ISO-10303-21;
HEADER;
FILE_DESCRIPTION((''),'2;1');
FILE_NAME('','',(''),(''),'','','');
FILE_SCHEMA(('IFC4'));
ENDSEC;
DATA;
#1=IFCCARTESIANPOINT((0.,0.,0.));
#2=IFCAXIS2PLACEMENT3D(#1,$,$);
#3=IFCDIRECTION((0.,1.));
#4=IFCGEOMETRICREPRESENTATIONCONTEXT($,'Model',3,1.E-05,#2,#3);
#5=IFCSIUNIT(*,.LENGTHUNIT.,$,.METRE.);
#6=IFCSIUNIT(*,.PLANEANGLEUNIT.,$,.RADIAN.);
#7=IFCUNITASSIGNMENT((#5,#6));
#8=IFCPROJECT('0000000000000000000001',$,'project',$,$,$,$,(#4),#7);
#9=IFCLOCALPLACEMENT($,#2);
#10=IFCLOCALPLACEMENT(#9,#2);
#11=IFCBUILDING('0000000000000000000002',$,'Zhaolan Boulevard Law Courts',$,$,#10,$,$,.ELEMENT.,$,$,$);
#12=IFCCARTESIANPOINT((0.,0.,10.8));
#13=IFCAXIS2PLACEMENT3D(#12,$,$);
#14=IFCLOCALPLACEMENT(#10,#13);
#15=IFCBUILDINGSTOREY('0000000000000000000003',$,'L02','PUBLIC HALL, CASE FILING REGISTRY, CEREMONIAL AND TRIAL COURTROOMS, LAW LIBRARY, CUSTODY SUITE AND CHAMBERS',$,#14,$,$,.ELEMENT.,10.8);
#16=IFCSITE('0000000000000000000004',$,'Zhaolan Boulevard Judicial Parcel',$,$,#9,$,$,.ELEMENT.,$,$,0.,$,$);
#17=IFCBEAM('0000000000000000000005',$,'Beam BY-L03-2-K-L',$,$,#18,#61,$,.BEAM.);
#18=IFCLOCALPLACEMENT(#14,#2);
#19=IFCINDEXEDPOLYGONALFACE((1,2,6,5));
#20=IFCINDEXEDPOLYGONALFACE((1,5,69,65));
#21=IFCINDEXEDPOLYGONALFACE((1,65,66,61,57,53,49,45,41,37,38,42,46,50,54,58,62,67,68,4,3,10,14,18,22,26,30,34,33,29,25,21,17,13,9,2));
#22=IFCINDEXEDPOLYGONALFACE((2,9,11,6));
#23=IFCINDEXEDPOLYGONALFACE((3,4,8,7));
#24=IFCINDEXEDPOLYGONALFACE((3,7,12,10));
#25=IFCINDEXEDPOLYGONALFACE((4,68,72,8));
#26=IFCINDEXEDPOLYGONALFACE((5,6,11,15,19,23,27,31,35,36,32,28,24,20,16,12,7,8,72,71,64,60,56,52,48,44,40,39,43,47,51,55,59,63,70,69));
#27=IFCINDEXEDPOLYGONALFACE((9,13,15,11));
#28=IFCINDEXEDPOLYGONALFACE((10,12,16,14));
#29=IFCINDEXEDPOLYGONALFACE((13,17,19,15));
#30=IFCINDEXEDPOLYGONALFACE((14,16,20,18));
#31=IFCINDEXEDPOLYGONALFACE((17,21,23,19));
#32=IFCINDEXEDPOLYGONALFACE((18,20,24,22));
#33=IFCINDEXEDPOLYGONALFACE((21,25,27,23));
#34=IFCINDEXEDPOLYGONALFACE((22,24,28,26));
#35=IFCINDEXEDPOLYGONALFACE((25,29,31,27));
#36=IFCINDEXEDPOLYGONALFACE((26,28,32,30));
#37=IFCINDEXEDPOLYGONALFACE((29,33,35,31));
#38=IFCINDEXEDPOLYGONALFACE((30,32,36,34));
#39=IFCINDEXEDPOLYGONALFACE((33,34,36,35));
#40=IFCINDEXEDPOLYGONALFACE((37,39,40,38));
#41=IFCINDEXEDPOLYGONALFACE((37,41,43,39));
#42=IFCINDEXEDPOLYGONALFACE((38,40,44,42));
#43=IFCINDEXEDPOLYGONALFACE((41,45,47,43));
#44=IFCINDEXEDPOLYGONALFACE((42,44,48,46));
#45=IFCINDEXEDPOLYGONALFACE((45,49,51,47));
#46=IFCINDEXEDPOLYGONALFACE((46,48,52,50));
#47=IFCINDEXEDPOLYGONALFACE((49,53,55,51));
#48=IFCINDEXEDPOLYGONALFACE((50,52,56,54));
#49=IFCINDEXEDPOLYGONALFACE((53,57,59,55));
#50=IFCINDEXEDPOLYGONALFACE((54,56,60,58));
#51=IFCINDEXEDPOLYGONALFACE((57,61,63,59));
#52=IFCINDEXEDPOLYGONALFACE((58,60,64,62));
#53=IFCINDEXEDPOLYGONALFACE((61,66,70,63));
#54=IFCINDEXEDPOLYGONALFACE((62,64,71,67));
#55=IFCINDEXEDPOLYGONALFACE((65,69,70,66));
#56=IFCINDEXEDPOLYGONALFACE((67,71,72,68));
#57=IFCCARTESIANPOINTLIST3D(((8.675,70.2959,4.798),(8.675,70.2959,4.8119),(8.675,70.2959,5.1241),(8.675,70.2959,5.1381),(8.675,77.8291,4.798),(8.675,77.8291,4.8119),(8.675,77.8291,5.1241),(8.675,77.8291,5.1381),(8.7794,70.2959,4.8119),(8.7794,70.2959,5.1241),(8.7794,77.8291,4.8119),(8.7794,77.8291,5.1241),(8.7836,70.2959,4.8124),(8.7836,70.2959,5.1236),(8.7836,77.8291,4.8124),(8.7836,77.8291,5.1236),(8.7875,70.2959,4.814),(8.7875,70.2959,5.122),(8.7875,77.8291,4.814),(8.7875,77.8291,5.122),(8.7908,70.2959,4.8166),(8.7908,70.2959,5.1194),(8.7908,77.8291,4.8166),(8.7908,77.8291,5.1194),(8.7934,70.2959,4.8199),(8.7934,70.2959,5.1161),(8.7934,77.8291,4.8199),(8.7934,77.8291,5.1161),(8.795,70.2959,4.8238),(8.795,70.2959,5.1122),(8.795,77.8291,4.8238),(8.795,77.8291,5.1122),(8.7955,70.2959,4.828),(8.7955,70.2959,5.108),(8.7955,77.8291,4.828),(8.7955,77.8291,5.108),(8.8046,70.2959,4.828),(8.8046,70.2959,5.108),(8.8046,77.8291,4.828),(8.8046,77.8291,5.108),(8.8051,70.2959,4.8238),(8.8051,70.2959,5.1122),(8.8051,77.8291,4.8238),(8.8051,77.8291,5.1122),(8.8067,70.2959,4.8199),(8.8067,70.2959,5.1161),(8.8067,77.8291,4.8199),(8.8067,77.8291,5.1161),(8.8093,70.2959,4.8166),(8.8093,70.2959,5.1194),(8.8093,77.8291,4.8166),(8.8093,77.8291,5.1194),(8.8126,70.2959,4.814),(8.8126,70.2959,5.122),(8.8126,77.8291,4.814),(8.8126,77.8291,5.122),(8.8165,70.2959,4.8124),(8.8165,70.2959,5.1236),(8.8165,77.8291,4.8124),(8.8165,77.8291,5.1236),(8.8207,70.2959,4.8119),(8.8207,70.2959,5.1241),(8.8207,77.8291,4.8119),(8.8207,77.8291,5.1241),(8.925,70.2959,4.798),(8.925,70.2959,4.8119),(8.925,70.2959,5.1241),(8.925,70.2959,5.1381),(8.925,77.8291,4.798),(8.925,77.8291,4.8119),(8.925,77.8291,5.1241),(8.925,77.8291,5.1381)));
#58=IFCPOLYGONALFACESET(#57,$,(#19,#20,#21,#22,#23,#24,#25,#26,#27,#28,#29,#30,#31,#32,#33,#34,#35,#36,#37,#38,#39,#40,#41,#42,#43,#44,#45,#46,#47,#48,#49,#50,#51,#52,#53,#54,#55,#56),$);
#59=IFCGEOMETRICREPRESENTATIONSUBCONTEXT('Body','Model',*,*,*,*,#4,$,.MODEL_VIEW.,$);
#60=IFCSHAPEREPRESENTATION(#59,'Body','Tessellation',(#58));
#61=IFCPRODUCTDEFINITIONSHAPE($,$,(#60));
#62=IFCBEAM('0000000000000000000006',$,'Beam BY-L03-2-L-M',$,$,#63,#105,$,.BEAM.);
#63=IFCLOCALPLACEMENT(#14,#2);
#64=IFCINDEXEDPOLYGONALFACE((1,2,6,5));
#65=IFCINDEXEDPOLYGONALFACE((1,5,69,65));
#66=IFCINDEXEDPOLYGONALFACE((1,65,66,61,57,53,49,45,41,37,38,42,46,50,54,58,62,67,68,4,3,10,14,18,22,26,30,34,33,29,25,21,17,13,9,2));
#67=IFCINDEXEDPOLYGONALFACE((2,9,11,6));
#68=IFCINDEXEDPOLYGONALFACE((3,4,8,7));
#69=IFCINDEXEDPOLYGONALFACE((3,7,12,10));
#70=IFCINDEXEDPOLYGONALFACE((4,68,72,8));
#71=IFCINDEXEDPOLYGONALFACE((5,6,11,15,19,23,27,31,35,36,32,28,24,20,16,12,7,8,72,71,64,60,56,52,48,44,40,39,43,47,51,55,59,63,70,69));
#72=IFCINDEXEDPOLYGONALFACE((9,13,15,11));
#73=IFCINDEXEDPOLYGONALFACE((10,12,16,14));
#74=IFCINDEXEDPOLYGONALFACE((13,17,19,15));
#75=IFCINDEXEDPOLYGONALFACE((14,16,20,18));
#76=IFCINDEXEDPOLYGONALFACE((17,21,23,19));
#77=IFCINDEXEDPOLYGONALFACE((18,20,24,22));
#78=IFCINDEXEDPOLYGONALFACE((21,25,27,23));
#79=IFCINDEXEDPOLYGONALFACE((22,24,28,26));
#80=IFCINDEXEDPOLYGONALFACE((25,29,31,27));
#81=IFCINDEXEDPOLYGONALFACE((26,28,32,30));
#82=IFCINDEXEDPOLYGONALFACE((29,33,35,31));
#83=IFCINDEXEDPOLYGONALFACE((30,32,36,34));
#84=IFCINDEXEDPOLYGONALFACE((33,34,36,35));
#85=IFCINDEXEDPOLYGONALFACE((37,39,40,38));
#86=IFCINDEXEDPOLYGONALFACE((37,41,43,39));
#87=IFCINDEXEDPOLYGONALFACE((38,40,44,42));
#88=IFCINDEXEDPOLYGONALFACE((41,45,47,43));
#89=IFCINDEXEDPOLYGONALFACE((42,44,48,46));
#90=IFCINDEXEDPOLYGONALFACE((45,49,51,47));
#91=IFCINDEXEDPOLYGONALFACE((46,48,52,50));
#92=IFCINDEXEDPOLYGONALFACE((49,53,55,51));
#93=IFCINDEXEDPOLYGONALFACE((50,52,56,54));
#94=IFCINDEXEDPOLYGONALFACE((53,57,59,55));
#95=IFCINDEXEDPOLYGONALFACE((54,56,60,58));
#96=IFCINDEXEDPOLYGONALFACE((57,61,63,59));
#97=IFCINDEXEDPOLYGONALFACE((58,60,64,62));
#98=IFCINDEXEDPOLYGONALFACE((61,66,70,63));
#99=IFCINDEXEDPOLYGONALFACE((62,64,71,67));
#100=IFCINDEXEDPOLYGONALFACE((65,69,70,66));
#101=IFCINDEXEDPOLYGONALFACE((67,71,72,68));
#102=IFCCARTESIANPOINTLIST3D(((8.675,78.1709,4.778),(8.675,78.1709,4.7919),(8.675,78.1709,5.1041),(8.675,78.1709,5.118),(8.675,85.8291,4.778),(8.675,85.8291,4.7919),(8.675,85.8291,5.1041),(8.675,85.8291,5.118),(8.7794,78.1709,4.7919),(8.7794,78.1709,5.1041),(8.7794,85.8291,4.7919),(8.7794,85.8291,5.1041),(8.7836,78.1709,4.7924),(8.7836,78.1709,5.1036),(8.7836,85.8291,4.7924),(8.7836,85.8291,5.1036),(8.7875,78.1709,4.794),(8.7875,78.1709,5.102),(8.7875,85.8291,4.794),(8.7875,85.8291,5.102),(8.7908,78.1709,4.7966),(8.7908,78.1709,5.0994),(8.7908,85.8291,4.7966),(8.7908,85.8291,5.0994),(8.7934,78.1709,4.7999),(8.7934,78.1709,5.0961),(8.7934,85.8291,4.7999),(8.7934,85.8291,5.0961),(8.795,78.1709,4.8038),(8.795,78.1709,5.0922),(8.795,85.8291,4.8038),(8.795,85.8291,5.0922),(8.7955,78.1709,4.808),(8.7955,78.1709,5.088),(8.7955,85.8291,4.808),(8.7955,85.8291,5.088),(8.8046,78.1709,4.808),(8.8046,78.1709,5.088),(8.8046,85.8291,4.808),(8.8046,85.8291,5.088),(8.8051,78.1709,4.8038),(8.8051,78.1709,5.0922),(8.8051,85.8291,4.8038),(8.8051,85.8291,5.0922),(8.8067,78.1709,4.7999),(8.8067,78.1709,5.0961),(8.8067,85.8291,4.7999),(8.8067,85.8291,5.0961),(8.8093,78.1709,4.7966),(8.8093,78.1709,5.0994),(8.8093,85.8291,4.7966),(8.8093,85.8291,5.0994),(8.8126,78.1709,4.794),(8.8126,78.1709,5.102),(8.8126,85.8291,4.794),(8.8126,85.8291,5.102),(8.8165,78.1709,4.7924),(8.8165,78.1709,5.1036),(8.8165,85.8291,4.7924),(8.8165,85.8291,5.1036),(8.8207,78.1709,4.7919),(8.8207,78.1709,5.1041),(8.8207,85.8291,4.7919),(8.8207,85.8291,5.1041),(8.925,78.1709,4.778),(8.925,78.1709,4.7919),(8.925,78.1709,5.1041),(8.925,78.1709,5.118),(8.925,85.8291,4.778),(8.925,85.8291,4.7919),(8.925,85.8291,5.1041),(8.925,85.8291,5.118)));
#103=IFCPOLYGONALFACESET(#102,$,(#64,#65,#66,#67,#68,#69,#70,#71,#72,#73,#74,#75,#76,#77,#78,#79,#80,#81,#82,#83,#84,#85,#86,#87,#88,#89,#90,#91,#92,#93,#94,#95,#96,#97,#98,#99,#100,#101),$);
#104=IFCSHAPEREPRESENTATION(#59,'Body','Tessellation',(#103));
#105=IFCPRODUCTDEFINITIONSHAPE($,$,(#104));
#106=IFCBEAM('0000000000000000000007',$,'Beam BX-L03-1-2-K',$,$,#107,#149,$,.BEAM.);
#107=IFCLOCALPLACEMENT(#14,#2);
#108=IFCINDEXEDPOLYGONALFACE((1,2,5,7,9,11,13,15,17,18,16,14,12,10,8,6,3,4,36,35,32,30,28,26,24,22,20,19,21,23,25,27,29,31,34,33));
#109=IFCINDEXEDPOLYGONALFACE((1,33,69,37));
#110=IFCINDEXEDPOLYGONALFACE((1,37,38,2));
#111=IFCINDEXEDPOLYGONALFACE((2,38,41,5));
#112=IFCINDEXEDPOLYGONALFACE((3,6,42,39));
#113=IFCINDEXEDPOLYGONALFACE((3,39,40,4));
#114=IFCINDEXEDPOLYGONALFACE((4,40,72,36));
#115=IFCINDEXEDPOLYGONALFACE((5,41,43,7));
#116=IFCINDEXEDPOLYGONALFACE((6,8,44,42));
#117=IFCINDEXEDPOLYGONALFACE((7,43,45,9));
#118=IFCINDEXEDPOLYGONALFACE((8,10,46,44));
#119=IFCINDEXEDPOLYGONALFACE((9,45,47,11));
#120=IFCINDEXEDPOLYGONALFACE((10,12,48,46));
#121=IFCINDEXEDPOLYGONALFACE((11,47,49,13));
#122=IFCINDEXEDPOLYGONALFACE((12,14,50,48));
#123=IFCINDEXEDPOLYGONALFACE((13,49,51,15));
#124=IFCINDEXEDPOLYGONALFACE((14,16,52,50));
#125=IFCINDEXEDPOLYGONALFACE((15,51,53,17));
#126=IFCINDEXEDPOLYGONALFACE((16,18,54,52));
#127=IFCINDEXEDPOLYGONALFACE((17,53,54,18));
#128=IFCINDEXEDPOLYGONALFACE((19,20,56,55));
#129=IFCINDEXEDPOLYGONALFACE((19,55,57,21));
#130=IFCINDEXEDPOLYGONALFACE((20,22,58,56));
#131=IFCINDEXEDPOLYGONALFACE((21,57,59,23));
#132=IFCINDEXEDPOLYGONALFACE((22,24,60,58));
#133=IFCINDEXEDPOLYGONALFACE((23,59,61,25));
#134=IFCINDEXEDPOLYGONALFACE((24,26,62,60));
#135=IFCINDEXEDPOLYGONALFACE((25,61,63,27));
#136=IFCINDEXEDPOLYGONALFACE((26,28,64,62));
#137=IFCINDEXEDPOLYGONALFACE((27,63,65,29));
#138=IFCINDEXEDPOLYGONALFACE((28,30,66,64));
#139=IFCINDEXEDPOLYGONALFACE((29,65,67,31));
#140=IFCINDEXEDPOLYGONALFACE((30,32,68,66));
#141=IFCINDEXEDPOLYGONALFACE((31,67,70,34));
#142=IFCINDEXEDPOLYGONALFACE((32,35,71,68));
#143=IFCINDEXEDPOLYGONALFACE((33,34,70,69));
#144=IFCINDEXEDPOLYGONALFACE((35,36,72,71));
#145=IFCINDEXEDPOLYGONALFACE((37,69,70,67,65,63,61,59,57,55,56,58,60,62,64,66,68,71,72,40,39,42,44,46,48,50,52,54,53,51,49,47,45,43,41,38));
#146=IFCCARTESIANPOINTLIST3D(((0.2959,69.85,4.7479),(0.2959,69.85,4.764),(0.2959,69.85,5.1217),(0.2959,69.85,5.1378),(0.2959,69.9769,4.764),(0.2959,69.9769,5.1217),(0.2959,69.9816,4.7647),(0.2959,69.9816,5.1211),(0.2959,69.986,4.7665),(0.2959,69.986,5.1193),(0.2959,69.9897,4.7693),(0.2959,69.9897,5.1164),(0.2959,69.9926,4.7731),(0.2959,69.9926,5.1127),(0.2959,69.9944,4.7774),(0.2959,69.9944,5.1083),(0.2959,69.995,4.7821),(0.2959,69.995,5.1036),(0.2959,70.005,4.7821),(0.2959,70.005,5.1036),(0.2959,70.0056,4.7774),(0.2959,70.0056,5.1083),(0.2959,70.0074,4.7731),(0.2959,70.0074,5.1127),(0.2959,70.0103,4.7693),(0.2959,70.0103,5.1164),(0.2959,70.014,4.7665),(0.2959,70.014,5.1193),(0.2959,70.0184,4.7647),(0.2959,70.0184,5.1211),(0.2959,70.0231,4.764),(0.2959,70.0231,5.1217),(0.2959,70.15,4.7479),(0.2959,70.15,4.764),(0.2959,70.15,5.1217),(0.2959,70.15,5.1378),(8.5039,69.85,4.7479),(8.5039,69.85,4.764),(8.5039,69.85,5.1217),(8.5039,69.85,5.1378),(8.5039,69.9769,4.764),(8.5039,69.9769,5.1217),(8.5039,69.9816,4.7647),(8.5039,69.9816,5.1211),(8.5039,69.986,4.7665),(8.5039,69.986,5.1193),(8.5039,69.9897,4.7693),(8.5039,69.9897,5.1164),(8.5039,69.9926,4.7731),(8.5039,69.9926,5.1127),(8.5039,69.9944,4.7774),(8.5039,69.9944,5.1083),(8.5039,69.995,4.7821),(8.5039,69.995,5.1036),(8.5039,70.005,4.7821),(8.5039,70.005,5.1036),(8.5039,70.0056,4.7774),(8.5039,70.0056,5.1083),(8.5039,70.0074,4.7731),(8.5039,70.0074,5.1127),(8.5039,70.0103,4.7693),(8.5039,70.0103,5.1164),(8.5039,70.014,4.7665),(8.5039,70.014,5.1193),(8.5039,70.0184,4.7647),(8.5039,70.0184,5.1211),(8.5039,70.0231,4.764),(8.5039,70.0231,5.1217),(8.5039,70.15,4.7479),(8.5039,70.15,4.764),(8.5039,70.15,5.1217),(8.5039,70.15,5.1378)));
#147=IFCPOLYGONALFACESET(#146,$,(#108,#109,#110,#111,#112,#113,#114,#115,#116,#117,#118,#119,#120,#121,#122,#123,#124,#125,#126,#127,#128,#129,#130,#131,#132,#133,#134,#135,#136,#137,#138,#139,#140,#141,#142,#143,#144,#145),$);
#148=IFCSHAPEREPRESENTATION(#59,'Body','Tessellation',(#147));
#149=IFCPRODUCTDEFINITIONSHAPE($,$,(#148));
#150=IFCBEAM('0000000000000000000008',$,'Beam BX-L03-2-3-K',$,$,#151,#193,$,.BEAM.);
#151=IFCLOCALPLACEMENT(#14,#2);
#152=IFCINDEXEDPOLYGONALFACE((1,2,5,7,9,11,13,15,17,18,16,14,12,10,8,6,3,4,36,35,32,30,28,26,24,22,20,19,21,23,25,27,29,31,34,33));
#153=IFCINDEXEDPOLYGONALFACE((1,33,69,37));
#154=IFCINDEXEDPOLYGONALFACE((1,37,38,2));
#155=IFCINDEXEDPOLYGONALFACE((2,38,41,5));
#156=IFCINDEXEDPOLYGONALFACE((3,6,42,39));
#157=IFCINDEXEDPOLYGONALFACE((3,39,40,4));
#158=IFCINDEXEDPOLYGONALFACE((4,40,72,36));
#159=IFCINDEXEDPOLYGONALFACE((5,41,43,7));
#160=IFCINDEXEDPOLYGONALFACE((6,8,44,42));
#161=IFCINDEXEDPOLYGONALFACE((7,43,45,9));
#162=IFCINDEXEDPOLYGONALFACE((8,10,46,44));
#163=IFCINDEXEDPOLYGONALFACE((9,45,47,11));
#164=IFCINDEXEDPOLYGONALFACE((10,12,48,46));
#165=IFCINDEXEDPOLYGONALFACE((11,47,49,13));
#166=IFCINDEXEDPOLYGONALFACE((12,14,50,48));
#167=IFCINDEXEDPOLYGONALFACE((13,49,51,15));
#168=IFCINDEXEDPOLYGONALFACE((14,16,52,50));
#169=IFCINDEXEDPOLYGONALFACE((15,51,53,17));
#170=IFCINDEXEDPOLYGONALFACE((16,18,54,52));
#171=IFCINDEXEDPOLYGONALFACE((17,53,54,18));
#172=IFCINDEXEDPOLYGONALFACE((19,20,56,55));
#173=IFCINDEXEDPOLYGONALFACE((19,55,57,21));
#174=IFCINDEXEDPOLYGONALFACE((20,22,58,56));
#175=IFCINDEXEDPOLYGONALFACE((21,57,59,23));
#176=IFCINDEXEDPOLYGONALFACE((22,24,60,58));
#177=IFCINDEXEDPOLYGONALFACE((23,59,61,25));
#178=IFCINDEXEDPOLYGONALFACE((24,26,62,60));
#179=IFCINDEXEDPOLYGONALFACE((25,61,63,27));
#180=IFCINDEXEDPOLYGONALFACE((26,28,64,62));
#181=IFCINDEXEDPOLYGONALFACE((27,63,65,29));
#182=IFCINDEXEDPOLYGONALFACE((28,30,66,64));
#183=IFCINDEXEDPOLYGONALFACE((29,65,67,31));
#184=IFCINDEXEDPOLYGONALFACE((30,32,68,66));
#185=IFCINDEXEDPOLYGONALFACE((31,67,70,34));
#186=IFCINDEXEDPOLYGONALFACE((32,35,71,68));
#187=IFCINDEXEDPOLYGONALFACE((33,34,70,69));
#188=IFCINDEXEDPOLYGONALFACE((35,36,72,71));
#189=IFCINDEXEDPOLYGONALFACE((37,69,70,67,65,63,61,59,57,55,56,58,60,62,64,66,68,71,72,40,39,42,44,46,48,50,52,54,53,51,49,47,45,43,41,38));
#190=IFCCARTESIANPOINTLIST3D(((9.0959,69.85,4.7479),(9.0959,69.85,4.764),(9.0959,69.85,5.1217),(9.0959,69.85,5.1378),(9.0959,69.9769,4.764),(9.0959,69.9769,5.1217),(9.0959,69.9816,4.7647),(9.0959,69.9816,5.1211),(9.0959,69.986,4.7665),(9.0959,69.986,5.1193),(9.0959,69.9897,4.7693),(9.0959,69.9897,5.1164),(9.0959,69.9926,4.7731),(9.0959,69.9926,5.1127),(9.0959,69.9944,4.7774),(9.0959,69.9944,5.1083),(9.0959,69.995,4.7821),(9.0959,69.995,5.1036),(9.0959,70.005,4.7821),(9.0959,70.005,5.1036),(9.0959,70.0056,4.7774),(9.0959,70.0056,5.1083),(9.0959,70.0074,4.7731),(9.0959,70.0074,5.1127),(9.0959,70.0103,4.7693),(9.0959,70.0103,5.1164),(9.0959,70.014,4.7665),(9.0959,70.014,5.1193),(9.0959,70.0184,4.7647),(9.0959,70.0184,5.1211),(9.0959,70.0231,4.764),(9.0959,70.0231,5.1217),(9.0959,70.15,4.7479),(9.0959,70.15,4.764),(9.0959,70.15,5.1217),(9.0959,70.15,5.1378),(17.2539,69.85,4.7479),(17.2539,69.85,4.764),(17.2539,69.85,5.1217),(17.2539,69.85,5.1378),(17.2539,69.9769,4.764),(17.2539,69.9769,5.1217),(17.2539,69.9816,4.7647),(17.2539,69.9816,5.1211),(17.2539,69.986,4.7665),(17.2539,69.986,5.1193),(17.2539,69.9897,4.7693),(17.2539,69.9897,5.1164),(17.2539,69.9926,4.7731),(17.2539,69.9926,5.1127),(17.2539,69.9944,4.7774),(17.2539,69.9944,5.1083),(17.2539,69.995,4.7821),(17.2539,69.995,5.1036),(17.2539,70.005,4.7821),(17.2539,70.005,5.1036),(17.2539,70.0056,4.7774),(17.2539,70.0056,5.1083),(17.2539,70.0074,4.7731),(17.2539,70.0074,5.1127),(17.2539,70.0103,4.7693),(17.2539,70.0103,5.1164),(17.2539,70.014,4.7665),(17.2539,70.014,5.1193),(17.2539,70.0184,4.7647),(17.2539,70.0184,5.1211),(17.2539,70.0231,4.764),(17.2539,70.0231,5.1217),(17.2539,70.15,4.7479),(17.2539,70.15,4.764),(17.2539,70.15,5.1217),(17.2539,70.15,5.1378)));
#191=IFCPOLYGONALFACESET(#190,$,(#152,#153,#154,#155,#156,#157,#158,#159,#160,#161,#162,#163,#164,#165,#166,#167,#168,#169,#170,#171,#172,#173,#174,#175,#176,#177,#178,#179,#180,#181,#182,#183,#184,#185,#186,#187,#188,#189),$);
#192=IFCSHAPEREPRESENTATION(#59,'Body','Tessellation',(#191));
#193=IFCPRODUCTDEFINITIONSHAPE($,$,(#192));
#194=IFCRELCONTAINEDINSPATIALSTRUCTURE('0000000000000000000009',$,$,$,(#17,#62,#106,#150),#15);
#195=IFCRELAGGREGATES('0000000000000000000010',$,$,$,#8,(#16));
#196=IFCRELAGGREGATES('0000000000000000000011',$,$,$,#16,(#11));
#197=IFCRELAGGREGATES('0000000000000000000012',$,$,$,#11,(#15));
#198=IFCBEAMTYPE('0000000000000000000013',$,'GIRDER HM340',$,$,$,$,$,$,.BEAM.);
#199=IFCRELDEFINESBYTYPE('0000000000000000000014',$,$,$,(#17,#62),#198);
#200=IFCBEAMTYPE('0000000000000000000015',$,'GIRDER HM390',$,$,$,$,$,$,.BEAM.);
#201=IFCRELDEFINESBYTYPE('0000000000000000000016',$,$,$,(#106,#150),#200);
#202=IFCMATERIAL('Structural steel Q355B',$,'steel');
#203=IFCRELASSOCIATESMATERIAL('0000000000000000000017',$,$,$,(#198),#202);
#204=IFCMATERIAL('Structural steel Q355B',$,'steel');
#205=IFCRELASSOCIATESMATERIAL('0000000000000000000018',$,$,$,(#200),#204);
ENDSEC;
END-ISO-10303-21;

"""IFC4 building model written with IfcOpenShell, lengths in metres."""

from ifc_helpers import new_model, si_unit, direction, frame, origin, origin_2d, place, context, subcontext, project, spatial, i_section, extrude, material, material_profile, profile_set, type_object, element, save


model = new_model("IFC4")

# Units and contexts
model_context = context("Model", 3, precision=1e-05, world=origin(), true_north=direction((0.0, 1.0)))
body_context = subcontext(model_context, "Body", "Model", "MODEL_VIEW")
ifc_project = project(units=[si_unit("LENGTHUNIT", "METRE"), si_unit("PLANEANGLEUNIT", "RADIAN")], contexts=[model_context])

# Site, building, storey
site_placement = place(None, origin())
site = spatial("IfcSite", under=ifc_project, at=site_placement, Name="Zhaolan Boulevard Judicial Parcel", CompositionType="ELEMENT", RefElevation=0.0)
building_placement = place(site_placement, origin())
building = spatial("IfcBuilding", under=site, at=building_placement, Name="Zhaolan Boulevard Law Courts", CompositionType="ELEMENT")
storey_placement = place(building_placement, frame((0.0, 0.0, 10.8)))
storey = spatial("IfcBuildingStorey", under=building, at=storey_placement, Name="L02", Description="PUBLIC HALL, CASE FILING REGISTRY, CEREMONIAL AND TRIAL COURTROOMS, LAW LIBRARY, CUSTODY SUITE AND CHAMBERS", CompositionType="ELEMENT", Elevation=10.8)

# Beams
ifc_material_1 = material(Name="Structural steel Q355B", Category="steel")
ifc_material_profile_1 = material_profile(ifc_material_1, i_section(OverallWidth=0.25, OverallDepth=0.3401, WebThickness=0.009, FlangeThickness=0.0139, FilletRadius=0.0161, at=origin_2d()), Name="HM340x250")
ifc_profile_set_1 = profile_set([ifc_material_profile_1], Name="Structural steel Q355B")
beam_type_1 = type_object("IfcBeamType", Name="GIRDER HM340", PredefinedType="BEAM", material=ifc_profile_set_1)
beam_1_placement = place(storey_placement, frame((8.8, 70.2959, 4.968), z_axis=(0.0, 1.0, 0.0), x_axis=(-1.0, 0.0, 0.0)))
element("IfcBeam", 1, at=beam_1_placement, inside=storey, type_object=beam_type_1, Name="Beam BY-L03-2-K-L", PredefinedType="BEAM", context=body_context, shape_type="SweptSolid", body=[
    extrude(i_section(OverallWidth=0.25, OverallDepth=0.3401, WebThickness=0.009, FlangeThickness=0.0139, FilletRadius=0.0161, at=origin_2d()), origin(), (0.0, 0.0, 1.0), 7.5332),
])
beam_2_placement = place(storey_placement, frame((8.8, 78.1709, 4.948), z_axis=(0.0, 1.0, 0.0), x_axis=(-1.0, 0.0, 0.0)))
element("IfcBeam", 2, at=beam_2_placement, inside=storey, type_object=beam_type_1, Name="Beam BY-L03-2-L-M", PredefinedType="BEAM", context=body_context, shape_type="SweptSolid", body=[
    extrude(i_section(OverallWidth=0.25, OverallDepth=0.3401, WebThickness=0.009, FlangeThickness=0.0139, FilletRadius=0.0161, at=origin_2d()), origin(), (0.0, 0.0, 1.0), 7.6582),
])
ifc_material_2 = material(Name="Structural steel Q355B", Category="steel")
ifc_material_profile_2 = material_profile(ifc_material_2, i_section(OverallWidth=0.3, OverallDepth=0.3899, WebThickness=0.01, FlangeThickness=0.0161, FilletRadius=0.0181, at=origin_2d()), Name="HM390x300")
ifc_profile_set_2 = profile_set([ifc_material_profile_2], Name="Structural steel Q355B")
beam_type_2 = type_object("IfcBeamType", Name="GIRDER HM390", PredefinedType="BEAM", material=ifc_profile_set_2)
beam_3_placement = place(storey_placement, frame((0.2959, 70.0, 4.9429), z_axis=(1.0, 0.0, 0.0), x_axis=(0.0, 1.0, 0.0)))
element("IfcBeam", 3, at=beam_3_placement, inside=storey, type_object=beam_type_2, Name="Beam BX-L03-1-2-K", PredefinedType="BEAM", context=body_context, shape_type="SweptSolid", body=[
    extrude(i_section(OverallWidth=0.3, OverallDepth=0.3899, WebThickness=0.01, FlangeThickness=0.0161, FilletRadius=0.0181, at=origin_2d()), origin(), (0.0, 0.0, 1.0), 8.208),
])
beam_4_placement = place(storey_placement, frame((9.0959, 70.0, 4.9429), z_axis=(1.0, 0.0, 0.0), x_axis=(0.0, 1.0, 0.0)))
element("IfcBeam", 4, at=beam_4_placement, inside=storey, type_object=beam_type_2, Name="Beam BX-L03-2-3-K", PredefinedType="BEAM", context=body_context, shape_type="SweptSolid", body=[
    extrude(i_section(OverallWidth=0.3, OverallDepth=0.3899, WebThickness=0.01, FlangeThickness=0.0161, FilletRadius=0.0181, at=origin_2d()), origin(), (0.0, 0.0, 1.0), 8.158),
])

save(model, "model.ifc")
